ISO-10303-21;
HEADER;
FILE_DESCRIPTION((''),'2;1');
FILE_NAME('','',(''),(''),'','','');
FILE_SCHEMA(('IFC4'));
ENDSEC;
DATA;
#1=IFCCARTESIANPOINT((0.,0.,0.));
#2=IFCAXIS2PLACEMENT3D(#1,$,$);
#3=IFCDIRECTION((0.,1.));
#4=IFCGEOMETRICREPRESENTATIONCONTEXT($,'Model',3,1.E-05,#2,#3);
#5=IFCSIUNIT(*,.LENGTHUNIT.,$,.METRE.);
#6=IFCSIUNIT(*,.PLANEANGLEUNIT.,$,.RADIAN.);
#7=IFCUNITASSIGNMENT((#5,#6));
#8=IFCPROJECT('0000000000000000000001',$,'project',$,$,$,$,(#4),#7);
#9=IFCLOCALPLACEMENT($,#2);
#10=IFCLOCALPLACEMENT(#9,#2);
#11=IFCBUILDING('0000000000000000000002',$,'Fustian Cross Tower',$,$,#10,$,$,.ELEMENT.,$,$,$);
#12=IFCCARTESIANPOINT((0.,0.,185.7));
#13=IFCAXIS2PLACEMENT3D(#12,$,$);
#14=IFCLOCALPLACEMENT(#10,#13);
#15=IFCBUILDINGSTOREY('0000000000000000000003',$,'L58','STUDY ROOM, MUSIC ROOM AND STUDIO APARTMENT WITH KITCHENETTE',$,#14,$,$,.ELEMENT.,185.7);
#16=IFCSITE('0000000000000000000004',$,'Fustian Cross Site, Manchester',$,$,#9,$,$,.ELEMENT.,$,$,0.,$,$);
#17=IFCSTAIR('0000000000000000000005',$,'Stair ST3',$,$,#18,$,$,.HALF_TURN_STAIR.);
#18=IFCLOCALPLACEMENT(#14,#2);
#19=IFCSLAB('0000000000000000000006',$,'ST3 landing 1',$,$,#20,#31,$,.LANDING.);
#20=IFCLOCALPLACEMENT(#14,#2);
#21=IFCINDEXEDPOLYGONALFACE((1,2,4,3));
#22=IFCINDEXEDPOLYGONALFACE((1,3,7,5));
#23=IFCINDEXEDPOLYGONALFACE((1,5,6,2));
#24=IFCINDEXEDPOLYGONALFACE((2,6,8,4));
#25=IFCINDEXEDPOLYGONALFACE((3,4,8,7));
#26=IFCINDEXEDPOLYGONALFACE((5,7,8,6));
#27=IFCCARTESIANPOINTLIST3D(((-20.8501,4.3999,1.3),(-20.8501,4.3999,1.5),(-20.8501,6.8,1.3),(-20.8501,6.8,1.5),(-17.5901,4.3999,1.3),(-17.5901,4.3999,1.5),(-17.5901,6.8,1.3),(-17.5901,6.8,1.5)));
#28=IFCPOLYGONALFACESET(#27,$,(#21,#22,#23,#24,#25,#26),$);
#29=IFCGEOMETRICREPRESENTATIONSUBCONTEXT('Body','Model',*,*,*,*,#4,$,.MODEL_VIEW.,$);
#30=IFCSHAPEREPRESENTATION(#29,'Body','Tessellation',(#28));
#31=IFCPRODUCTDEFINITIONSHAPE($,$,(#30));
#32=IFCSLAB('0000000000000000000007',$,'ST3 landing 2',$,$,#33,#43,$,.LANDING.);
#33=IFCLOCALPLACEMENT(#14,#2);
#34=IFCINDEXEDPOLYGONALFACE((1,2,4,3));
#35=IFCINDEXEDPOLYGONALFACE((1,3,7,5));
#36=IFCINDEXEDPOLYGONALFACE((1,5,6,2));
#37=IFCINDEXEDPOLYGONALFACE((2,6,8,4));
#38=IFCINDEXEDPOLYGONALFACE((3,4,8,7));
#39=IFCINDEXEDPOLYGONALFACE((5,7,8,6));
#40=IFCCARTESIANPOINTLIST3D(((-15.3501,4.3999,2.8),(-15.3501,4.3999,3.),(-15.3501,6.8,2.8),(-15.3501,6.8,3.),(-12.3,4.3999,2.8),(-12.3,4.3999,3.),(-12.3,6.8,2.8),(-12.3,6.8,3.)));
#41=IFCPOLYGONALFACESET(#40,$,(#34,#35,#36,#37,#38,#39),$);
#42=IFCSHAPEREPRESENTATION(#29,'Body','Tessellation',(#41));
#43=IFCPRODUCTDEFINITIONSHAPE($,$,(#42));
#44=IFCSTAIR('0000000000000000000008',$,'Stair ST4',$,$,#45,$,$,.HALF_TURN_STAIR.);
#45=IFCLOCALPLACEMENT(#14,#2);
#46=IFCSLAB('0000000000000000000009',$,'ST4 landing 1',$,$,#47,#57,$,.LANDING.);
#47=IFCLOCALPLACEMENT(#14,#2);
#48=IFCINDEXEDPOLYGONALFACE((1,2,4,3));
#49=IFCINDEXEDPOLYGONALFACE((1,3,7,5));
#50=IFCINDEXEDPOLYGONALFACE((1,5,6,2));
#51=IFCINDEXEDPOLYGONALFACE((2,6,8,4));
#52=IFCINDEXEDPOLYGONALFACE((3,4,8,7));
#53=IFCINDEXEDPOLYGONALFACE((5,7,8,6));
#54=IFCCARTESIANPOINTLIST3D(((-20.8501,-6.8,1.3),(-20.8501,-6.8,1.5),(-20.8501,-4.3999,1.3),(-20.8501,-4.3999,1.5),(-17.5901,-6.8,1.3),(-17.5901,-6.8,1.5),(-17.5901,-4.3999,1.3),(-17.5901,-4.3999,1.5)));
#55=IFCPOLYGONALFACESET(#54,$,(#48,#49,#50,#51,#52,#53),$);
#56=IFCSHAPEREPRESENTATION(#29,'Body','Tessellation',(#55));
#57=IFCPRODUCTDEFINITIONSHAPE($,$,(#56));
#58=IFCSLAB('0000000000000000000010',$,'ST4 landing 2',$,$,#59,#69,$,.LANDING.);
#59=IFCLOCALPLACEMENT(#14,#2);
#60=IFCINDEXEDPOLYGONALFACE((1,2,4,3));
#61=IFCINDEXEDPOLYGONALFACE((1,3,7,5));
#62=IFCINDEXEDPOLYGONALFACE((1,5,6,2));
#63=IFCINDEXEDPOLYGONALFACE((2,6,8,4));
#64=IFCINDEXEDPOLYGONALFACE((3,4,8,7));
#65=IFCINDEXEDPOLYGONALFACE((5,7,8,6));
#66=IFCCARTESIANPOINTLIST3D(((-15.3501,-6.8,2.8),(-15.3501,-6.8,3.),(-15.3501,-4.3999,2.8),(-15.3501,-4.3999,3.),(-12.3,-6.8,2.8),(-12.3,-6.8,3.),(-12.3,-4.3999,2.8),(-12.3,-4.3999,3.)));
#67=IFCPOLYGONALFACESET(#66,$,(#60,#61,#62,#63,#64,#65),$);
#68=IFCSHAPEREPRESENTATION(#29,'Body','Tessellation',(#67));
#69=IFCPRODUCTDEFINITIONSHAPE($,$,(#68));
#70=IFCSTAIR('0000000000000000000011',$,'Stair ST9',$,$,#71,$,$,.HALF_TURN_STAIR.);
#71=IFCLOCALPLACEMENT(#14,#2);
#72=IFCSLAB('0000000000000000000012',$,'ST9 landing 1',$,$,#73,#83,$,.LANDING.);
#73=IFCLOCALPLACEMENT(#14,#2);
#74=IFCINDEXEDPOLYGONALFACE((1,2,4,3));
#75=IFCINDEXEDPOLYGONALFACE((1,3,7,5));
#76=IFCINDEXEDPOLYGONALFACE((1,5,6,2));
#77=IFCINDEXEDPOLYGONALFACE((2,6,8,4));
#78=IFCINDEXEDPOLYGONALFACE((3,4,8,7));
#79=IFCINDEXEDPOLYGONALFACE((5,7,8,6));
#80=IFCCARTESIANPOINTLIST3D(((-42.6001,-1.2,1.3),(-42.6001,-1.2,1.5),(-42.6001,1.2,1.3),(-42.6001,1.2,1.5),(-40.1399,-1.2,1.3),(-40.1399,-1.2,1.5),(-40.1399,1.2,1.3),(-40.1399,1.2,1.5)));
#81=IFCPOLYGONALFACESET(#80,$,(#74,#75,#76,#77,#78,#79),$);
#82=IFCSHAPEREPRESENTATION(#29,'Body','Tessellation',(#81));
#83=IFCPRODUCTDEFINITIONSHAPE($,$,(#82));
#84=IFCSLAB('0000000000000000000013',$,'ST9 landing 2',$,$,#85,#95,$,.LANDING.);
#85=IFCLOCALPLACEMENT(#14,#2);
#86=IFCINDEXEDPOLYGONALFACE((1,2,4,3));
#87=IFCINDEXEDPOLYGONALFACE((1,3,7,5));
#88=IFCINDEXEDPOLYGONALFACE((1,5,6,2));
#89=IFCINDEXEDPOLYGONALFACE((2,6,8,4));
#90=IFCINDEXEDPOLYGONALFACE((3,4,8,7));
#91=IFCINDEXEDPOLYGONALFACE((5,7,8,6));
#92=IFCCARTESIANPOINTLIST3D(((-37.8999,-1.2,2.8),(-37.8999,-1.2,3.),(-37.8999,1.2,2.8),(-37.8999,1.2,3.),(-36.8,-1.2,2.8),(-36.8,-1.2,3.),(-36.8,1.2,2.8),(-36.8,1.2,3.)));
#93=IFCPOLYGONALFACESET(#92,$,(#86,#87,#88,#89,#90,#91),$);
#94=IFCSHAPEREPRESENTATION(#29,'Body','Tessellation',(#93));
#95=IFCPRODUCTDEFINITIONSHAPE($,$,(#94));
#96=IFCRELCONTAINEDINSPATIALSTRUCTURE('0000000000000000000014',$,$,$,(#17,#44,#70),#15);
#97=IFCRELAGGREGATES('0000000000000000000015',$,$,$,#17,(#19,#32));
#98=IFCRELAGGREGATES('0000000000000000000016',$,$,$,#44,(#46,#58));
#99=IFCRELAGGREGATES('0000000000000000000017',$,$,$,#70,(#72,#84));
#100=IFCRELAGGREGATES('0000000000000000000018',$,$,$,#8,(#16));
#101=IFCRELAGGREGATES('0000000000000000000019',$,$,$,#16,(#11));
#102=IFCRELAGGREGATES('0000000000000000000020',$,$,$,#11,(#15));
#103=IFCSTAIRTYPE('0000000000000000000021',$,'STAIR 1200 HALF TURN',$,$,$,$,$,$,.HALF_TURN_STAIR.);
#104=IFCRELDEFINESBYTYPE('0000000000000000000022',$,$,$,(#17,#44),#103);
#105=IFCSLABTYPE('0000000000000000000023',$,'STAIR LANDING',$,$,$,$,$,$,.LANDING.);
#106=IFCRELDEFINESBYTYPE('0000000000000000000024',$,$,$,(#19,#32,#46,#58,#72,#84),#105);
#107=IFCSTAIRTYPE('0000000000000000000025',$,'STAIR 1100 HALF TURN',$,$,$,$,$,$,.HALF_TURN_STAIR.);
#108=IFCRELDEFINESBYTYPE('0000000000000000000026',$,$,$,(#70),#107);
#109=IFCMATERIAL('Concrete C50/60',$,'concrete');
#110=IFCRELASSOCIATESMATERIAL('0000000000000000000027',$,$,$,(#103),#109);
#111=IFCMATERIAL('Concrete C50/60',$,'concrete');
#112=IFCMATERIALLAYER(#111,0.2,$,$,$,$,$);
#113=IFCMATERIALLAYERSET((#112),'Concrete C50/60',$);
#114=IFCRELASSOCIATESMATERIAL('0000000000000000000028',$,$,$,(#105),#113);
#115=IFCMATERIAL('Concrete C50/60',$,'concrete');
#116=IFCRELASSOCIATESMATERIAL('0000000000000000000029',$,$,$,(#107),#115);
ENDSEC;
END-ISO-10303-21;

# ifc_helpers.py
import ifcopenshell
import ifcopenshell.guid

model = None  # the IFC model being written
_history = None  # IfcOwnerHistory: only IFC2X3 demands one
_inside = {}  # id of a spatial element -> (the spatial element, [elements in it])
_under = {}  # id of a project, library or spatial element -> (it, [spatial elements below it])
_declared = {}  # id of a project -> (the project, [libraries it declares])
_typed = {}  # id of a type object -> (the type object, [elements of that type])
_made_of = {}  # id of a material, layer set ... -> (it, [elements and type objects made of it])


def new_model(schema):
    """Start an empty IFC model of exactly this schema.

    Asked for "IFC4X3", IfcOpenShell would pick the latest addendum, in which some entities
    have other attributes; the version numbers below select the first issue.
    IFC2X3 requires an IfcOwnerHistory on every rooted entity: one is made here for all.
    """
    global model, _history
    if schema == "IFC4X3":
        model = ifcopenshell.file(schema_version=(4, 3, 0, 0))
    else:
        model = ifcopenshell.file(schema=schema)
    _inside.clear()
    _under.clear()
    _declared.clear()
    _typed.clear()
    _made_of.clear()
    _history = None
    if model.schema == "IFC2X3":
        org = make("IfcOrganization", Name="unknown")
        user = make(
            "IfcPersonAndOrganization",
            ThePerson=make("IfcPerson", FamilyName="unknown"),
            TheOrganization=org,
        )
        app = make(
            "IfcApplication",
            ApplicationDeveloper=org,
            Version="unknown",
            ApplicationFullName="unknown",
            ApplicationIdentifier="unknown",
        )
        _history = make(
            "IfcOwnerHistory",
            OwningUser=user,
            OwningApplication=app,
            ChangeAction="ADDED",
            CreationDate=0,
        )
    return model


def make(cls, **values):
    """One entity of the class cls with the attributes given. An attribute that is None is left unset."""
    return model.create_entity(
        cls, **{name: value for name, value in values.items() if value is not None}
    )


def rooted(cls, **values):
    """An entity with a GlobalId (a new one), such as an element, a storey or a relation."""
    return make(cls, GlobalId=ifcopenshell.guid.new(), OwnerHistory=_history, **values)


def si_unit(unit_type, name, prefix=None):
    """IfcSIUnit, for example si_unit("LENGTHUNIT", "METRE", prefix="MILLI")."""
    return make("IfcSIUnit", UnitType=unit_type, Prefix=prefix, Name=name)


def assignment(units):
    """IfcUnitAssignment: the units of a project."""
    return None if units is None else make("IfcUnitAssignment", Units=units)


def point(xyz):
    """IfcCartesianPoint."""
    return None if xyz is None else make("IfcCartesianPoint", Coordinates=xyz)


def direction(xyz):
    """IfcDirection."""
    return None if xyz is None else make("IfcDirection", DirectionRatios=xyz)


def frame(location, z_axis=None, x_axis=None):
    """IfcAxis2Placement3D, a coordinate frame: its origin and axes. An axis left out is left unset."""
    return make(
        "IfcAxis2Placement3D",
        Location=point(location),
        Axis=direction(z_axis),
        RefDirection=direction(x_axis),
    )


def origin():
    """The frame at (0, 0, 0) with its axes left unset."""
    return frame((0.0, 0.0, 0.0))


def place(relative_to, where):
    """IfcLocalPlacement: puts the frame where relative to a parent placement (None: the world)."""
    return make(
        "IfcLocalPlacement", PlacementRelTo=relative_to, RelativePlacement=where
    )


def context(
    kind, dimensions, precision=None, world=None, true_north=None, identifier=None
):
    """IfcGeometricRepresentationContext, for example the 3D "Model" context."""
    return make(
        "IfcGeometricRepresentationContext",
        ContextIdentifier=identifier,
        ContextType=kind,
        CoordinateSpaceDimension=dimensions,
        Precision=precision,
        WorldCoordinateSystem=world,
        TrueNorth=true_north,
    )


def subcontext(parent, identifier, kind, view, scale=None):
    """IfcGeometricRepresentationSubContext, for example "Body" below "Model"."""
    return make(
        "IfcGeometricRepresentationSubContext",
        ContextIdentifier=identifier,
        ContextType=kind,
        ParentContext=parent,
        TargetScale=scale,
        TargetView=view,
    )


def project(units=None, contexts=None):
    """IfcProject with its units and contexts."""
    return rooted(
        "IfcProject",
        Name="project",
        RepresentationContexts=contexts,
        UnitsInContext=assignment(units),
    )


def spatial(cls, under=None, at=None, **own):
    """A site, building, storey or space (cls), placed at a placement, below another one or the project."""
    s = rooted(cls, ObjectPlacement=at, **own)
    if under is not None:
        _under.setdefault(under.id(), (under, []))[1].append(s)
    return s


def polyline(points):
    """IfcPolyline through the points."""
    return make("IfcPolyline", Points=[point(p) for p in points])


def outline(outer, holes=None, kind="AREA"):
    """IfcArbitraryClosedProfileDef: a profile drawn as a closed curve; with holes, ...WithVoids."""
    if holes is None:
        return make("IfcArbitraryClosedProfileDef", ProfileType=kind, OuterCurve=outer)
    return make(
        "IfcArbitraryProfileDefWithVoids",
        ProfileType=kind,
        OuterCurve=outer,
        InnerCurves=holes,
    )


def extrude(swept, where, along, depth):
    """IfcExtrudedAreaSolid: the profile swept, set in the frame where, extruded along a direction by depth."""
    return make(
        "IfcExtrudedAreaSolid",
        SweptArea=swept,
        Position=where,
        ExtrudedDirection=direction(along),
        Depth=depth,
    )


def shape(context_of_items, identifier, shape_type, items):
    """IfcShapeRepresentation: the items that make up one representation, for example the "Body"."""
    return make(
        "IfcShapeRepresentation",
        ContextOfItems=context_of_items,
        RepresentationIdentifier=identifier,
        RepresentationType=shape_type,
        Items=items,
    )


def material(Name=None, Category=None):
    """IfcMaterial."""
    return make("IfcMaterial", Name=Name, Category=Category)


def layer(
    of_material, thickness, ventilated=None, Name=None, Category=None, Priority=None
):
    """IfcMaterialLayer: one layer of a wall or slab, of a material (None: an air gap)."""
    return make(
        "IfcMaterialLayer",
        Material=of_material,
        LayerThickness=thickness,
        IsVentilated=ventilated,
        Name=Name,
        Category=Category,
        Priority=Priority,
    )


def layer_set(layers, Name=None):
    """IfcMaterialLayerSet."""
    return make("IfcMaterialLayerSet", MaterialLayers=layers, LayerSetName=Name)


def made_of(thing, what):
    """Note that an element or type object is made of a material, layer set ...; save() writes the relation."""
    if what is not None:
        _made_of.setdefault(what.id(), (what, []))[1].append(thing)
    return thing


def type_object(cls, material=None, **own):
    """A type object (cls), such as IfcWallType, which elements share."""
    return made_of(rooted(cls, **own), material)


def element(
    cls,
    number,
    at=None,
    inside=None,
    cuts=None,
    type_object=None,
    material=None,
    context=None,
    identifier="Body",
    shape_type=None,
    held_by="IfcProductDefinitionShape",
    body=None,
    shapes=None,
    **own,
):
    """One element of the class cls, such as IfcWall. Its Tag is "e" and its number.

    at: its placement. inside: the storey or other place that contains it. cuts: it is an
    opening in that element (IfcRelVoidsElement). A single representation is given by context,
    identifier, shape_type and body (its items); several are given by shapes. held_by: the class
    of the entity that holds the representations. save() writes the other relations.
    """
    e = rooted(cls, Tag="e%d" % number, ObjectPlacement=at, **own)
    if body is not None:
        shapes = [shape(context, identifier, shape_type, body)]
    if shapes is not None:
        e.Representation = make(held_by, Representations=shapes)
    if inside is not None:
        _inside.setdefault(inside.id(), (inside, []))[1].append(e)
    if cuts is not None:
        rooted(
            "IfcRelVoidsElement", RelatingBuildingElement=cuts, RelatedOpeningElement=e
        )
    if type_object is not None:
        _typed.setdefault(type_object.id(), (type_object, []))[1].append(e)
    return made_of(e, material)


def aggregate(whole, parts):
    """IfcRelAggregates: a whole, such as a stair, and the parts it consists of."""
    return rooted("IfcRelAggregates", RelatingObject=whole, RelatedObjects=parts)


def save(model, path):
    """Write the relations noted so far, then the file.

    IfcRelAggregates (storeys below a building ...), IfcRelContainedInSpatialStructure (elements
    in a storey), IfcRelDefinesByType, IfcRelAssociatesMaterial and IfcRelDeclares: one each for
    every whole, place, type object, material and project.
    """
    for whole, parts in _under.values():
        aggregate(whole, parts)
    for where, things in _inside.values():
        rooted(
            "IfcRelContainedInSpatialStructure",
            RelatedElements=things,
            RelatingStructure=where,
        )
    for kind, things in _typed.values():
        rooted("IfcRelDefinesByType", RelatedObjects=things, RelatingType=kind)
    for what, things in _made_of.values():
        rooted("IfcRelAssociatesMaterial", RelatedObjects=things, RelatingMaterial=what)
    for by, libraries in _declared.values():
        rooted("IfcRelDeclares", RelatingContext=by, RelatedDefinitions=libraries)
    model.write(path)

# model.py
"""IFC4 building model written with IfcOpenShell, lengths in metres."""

from ifc_helpers import new_model, si_unit, direction, frame, origin, place, context, subcontext, project, spatial, polyline, outline, extrude, material, layer, layer_set, type_object, element, aggregate, save


model = new_model("IFC4")

# Units and contexts
model_context = context("Model", 3, precision=1e-05, world=origin(), true_north=direction((0.0, 1.0)))
body_context = subcontext(model_context, "Body", "Model", "MODEL_VIEW")
ifc_project = project(units=[si_unit("LENGTHUNIT", "METRE"), si_unit("PLANEANGLEUNIT", "RADIAN")], contexts=[model_context])

# Site, building, storey
site_placement = place(None, origin())
site = spatial("IfcSite", under=ifc_project, at=site_placement, Name="Fustian Cross Site, Manchester", CompositionType="ELEMENT", RefElevation=0.0)
building_placement = place(site_placement, origin())
building = spatial("IfcBuilding", under=site, at=building_placement, Name="Fustian Cross Tower", CompositionType="ELEMENT")
storey_placement = place(building_placement, frame((0.0, 0.0, 185.7)))
storey = spatial("IfcBuildingStorey", under=building, at=storey_placement, Name="L58", Description="STUDY ROOM, MUSIC ROOM AND STUDIO APARTMENT WITH KITCHENETTE", CompositionType="ELEMENT", Elevation=185.7)

# Stairs, slabs
ifc_material_1 = material(Name="Concrete C50/60", Category="concrete")
stair_type_1 = type_object("IfcStairType", Name="STAIR 1200 HALF TURN", PredefinedType="HALF_TURN_STAIR", material=ifc_material_1)
stair_1_placement = place(storey_placement, origin())
stair_1 = element("IfcStair", 1, at=stair_1_placement, inside=storey, type_object=stair_type_1, Name="Stair ST3", PredefinedType="HALF_TURN_STAIR")
ifc_material_2 = material(Name="Concrete C50/60", Category="concrete")
ifc_layer_1 = layer(ifc_material_2, 0.2)
ifc_layer_set_1 = layer_set([ifc_layer_1], Name="Concrete C50/60")
slab_type = type_object("IfcSlabType", Name="STAIR LANDING", PredefinedType="LANDING", material=ifc_layer_set_1)
slab_1_placement = place(storey_placement, frame((0.0, 0.0, 1.3)))
slab_1 = element("IfcSlab", 2, at=slab_1_placement, type_object=slab_type, Name="ST3 landing 1", PredefinedType="LANDING", context=body_context, shape_type="SweptSolid", body=[
    extrude(outline(polyline([(-17.5901, 4.3999), (-20.8501, 4.3999), (-20.8501, 6.8), (-17.5901, 6.8), (-17.5901, 4.3999)])), origin(), (0.0, 0.0, 1.0), 0.2),
])
slab_2_placement = place(storey_placement, frame((0.0, 0.0, 2.8)))
slab_2 = element("IfcSlab", 3, at=slab_2_placement, type_object=slab_type, Name="ST3 landing 2", PredefinedType="LANDING", context=body_context, shape_type="SweptSolid", body=[
    extrude(outline(polyline([(-12.3, 4.3999), (-15.3501, 4.3999), (-15.3501, 6.8), (-12.3, 6.8), (-12.3, 4.3999)])), origin(), (0.0, 0.0, 1.0), 0.2),
])
aggregate(stair_1, [slab_1, slab_2])
stair_2_placement = place(storey_placement, origin())
stair_2 = element("IfcStair", 4, at=stair_2_placement, inside=storey, type_object=stair_type_1, Name="Stair ST4", PredefinedType="HALF_TURN_STAIR")
slab_3_placement = place(storey_placement, frame((0.0, 0.0, 1.3)))
slab_3 = element("IfcSlab", 5, at=slab_3_placement, type_object=slab_type, Name="ST4 landing 1", PredefinedType="LANDING", context=body_context, shape_type="SweptSolid", body=[
    extrude(outline(polyline([(-17.5901, -4.3999), (-20.8501, -4.3999), (-20.8501, -6.8), (-17.5901, -6.8), (-17.5901, -4.3999)])), origin(), (0.0, 0.0, 1.0), 0.2),
])
slab_4_placement = place(storey_placement, frame((0.0, 0.0, 2.8)))
slab_4 = element("IfcSlab", 6, at=slab_4_placement, type_object=slab_type, Name="ST4 landing 2", PredefinedType="LANDING", context=body_context, shape_type="SweptSolid", body=[
    extrude(outline(polyline([(-12.3, -4.3999), (-15.3501, -4.3999), (-15.3501, -6.8), (-12.3, -6.8), (-12.3, -4.3999)])), origin(), (0.0, 0.0, 1.0), 0.2),
])
aggregate(stair_2, [slab_3, slab_4])
ifc_material_3 = material(Name="Concrete C50/60", Category="concrete")
stair_type_2 = type_object("IfcStairType", Name="STAIR 1100 HALF TURN", PredefinedType="HALF_TURN_STAIR", material=ifc_material_3)
stair_3_placement = place(storey_placement, origin())
stair_3 = element("IfcStair", 7, at=stair_3_placement, inside=storey, type_object=stair_type_2, Name="Stair ST9", PredefinedType="HALF_TURN_STAIR")
slab_5_placement = place(storey_placement, frame((0.0, 0.0, 1.3)))
slab_5 = element("IfcSlab", 8, at=slab_5_placement, type_object=slab_type, Name="ST9 landing 1", PredefinedType="LANDING", context=body_context, shape_type="SweptSolid", body=[
    extrude(outline(polyline([(-40.1399, -1.2), (-42.6001, -1.2), (-42.6001, 1.2), (-40.1399, 1.2), (-40.1399, -1.2)])), origin(), (0.0, 0.0, 1.0), 0.2),
])
slab_6_placement = place(storey_placement, frame((0.0, 0.0, 2.8)))
slab_6 = element("IfcSlab", 9, at=slab_6_placement, type_object=slab_type, Name="ST9 landing 2", PredefinedType="LANDING", context=body_context, shape_type="SweptSolid", body=[
    extrude(outline(polyline([(-36.8, -1.2), (-37.8999, -1.2), (-37.8999, 1.2), (-36.8, 1.2), (-36.8, -1.2)])), origin(), (0.0, 0.0, 1.0), 0.2),
])
aggregate(stair_3, [slab_5, slab_6])

save(model, "model.ifc")
